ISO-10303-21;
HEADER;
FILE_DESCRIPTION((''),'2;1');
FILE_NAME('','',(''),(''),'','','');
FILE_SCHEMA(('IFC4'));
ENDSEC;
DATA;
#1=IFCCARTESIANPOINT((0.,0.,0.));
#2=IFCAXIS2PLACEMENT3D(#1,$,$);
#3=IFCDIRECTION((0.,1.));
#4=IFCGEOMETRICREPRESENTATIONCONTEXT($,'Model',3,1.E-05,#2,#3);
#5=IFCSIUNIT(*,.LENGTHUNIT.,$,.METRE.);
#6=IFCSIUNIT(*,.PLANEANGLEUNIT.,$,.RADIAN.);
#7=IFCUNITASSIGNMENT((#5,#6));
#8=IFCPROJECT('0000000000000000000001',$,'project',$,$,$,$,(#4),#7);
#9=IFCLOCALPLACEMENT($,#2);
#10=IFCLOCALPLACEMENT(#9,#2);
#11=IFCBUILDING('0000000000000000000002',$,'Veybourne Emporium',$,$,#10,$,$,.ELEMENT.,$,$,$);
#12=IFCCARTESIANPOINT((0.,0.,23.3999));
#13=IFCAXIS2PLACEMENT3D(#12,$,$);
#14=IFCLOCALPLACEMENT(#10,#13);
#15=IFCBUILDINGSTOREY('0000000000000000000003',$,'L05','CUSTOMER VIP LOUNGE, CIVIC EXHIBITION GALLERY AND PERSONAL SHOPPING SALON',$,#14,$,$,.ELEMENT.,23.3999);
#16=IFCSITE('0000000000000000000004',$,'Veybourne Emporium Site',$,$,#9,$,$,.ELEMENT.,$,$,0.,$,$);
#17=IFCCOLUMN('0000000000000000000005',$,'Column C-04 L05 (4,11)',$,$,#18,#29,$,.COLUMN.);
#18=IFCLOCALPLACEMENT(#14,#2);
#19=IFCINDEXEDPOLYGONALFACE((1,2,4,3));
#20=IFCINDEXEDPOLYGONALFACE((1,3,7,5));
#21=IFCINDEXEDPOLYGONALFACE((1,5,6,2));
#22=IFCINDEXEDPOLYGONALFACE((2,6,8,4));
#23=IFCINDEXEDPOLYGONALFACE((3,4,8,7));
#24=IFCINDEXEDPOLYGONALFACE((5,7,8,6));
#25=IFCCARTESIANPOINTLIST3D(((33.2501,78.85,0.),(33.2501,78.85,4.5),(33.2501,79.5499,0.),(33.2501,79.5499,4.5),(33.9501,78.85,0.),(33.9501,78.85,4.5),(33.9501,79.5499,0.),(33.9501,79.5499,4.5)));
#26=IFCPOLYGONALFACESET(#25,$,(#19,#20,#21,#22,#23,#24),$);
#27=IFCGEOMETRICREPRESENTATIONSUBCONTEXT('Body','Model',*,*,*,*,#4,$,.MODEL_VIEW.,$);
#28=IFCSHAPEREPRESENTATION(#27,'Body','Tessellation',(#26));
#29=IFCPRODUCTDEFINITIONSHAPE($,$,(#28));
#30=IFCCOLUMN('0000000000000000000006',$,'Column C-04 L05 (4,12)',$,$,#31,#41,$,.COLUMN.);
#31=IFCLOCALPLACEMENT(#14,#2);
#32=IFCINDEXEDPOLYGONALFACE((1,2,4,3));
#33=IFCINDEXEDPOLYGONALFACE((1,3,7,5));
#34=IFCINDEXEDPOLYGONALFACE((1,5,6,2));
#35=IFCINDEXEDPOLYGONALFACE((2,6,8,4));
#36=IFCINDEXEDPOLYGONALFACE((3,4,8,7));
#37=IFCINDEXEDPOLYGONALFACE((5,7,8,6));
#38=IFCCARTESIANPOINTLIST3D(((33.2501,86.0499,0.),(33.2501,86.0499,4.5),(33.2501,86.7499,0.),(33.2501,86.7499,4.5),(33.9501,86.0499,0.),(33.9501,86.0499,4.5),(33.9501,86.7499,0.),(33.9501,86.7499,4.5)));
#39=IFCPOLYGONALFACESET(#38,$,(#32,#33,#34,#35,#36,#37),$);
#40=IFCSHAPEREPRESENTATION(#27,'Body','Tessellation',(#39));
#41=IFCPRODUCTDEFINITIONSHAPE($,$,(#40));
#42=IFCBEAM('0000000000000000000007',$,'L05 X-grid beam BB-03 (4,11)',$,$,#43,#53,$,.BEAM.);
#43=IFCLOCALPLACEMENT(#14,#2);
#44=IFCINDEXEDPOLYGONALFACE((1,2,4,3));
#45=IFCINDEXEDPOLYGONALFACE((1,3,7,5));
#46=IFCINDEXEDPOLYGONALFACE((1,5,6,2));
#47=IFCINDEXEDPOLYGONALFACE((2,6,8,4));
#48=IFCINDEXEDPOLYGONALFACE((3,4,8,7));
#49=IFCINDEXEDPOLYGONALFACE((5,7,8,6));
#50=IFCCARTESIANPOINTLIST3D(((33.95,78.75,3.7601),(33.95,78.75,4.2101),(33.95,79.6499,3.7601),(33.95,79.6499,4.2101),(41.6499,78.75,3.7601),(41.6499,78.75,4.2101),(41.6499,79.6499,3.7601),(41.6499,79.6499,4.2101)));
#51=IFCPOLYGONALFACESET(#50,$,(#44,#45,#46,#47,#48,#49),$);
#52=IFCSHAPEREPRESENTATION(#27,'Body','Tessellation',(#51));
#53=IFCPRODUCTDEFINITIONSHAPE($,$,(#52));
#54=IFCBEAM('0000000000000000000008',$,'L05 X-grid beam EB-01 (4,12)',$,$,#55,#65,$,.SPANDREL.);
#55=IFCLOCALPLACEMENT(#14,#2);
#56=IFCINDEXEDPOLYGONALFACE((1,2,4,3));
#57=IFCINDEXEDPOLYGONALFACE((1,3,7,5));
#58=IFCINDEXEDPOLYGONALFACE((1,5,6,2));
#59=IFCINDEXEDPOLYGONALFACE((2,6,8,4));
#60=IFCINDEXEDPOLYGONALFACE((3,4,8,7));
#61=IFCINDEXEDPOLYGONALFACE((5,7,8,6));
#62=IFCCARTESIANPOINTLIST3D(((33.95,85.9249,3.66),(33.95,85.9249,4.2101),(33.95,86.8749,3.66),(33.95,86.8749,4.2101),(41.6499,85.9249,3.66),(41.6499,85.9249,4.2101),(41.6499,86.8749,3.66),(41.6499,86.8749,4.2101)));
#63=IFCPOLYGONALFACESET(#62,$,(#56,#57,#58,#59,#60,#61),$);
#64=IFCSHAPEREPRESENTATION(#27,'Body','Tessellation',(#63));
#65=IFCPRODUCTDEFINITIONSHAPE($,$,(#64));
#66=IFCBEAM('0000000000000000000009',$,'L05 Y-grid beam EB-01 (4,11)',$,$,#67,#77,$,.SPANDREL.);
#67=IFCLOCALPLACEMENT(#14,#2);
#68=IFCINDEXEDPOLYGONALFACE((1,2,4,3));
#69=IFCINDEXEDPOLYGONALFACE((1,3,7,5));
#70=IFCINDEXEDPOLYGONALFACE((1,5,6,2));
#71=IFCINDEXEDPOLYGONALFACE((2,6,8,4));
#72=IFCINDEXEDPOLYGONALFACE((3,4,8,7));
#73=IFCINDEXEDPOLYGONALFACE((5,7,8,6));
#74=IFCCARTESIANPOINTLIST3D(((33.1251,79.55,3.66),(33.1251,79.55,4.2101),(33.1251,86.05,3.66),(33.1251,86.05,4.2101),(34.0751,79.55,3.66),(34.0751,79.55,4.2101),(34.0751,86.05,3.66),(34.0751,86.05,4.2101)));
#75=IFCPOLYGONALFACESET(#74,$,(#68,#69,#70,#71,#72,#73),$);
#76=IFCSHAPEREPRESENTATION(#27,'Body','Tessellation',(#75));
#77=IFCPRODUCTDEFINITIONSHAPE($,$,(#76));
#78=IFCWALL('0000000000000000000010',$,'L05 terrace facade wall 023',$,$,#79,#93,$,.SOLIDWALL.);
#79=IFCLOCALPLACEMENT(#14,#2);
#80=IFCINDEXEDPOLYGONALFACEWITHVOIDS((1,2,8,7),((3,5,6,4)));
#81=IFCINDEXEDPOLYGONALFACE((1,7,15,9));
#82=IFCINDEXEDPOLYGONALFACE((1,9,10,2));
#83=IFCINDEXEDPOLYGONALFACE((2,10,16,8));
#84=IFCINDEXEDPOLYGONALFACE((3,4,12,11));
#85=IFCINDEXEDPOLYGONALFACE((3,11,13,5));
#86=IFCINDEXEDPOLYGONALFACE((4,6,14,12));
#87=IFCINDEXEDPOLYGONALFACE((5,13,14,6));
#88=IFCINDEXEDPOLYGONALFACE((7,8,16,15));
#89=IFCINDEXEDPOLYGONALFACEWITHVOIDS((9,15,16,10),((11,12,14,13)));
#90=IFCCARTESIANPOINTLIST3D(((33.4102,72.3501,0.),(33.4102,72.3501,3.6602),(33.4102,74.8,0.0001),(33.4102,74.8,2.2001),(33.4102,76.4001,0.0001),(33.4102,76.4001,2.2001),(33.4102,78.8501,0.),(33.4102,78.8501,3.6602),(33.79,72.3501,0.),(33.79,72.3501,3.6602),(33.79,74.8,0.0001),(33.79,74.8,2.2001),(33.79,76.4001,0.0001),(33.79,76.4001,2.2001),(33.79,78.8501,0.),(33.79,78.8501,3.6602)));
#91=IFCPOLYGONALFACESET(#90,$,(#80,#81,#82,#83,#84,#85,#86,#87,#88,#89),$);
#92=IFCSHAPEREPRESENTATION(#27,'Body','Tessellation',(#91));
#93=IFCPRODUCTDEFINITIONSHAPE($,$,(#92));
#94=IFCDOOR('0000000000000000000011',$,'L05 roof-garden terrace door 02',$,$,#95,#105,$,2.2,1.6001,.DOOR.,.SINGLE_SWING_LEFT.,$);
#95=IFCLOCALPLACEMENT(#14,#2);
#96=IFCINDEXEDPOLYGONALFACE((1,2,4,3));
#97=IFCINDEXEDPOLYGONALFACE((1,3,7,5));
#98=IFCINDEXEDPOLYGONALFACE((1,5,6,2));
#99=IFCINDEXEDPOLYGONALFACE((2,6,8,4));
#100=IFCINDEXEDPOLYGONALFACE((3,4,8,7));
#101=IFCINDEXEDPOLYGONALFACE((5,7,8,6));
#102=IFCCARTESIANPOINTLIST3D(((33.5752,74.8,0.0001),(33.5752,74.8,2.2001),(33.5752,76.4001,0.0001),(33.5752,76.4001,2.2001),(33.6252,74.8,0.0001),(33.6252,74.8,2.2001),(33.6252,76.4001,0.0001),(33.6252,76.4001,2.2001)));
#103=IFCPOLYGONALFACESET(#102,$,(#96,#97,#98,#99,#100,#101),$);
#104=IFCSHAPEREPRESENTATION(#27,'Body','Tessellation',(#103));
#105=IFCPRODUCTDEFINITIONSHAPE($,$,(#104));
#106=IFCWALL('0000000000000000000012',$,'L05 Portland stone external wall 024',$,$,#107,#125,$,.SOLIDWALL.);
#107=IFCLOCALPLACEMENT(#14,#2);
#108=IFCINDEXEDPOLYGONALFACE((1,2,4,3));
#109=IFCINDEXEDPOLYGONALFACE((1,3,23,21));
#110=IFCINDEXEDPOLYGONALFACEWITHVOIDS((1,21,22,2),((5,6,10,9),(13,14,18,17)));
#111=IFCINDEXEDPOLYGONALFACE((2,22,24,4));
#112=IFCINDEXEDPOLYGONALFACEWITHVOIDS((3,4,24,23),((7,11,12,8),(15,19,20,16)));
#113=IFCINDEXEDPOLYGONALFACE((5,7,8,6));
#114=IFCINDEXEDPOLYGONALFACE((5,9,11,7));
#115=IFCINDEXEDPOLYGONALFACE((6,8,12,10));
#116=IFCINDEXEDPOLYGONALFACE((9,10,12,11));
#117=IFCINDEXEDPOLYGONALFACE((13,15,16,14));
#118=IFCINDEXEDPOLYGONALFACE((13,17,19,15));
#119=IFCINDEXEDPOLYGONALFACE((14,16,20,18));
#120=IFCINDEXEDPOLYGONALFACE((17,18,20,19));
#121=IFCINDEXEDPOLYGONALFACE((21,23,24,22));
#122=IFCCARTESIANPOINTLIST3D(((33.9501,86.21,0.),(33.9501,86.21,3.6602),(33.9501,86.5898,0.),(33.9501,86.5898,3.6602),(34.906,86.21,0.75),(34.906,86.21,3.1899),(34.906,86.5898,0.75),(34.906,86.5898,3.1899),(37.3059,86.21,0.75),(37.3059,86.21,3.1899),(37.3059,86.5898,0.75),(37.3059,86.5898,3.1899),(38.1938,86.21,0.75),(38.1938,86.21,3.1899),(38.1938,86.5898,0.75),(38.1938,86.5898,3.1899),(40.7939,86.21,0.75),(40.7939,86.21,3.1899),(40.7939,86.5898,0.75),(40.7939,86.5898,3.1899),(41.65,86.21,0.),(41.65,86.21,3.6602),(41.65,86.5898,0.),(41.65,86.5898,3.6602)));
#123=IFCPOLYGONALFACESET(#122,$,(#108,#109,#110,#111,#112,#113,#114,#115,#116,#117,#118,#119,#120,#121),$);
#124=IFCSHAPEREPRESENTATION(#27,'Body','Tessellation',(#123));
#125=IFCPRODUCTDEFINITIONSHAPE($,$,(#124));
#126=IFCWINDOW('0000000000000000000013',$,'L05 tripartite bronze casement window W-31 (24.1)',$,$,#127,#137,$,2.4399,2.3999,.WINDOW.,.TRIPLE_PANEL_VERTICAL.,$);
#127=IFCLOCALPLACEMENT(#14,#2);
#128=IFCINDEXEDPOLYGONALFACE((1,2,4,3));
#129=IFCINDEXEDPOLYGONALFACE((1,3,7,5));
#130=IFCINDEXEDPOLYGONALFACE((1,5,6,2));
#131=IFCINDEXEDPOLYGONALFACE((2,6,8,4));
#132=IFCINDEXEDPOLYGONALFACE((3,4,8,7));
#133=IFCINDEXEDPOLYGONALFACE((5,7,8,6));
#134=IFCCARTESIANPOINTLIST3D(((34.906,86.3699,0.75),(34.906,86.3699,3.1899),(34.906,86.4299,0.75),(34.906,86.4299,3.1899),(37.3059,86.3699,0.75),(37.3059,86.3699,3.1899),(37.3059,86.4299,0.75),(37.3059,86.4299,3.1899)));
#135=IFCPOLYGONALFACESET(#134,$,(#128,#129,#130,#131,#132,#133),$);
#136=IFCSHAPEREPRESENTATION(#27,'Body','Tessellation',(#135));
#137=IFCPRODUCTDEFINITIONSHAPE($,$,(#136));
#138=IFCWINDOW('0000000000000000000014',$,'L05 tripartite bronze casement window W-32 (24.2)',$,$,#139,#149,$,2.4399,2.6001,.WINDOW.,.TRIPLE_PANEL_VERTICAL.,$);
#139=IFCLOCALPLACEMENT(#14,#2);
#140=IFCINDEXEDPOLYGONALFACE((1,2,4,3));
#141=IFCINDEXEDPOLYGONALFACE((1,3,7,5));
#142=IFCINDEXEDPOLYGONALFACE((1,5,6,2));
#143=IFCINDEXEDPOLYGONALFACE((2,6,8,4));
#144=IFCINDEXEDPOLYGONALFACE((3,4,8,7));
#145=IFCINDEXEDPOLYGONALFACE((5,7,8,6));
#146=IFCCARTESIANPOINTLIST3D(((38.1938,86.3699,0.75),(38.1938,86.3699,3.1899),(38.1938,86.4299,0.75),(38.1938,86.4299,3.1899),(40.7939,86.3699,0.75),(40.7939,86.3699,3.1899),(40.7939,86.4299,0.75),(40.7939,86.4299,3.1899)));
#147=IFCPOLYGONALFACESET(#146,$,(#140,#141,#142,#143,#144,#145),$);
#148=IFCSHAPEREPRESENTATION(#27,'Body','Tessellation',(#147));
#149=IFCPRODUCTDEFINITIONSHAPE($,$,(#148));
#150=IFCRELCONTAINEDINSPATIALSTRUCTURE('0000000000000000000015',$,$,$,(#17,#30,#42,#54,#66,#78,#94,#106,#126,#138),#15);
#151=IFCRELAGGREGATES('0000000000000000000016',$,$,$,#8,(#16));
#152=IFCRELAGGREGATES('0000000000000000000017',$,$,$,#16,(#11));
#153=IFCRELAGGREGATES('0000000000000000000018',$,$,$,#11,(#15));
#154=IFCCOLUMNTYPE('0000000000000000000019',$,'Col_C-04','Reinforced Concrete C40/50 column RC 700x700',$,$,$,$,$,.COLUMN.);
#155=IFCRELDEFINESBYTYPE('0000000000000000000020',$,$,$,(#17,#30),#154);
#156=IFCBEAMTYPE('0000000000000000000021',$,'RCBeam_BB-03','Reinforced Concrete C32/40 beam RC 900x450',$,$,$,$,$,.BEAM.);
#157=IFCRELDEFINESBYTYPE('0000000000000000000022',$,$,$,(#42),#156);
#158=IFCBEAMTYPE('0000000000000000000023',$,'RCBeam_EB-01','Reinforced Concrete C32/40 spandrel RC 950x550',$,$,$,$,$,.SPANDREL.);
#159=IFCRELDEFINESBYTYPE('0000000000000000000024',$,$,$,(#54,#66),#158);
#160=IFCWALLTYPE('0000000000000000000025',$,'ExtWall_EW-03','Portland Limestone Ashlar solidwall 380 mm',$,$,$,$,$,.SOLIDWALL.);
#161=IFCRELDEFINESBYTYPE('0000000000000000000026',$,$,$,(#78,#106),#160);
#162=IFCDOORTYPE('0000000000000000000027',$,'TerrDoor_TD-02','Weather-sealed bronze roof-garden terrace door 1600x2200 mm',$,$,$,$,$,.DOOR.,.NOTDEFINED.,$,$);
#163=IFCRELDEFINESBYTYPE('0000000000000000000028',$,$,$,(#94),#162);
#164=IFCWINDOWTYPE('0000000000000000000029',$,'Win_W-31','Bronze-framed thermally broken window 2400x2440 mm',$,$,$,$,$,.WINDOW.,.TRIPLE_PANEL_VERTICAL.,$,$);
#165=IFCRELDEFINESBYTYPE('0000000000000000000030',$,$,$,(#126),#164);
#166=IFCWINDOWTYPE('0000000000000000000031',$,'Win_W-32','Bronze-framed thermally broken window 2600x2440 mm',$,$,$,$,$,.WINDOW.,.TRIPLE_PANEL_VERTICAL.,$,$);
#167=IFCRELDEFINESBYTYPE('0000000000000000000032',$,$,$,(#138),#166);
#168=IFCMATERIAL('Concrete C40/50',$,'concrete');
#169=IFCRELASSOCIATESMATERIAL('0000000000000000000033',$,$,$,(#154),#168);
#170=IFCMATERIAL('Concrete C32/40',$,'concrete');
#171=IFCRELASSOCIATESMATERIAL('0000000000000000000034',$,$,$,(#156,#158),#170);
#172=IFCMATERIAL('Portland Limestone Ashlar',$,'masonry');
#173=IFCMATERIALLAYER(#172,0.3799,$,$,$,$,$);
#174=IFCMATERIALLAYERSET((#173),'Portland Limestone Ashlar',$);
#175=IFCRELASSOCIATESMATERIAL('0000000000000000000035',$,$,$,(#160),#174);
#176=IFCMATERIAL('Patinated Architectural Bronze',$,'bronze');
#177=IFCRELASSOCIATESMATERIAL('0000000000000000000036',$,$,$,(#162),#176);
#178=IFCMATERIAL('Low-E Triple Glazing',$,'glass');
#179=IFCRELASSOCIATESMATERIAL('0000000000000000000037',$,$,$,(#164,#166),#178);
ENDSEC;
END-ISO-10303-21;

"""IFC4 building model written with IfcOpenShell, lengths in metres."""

from ifc_helpers import new_model, si_unit, direction, frame, frame_2d, origin, origin_2d, place, context, subcontext, project, spatial, rectangle, extrude, material, layer, layer_set, material_profile, profile_set, type_object, element, fill, save


model = new_model("IFC4")

# Units and contexts
model_context = context("Model", 3, precision=1e-05, world=origin(), true_north=direction((0.0, 1.0)))
body_context = subcontext(model_context, "Body", "Model", "MODEL_VIEW")
ifc_project = project(units=[si_unit("LENGTHUNIT", "METRE"), si_unit("PLANEANGLEUNIT", "RADIAN")], contexts=[model_context])

# Site, building, storey
site_placement = place(None, origin())
site = spatial("IfcSite", under=ifc_project, at=site_placement, Name="Veybourne Emporium Site", CompositionType="ELEMENT", RefElevation=0.0)
building_placement = place(site_placement, origin())
building = spatial("IfcBuilding", under=site, at=building_placement, Name="Veybourne Emporium", CompositionType="ELEMENT")
storey_placement = place(building_placement, frame((0.0, 0.0, 23.3999)))
storey = spatial("IfcBuildingStorey", under=building, at=storey_placement, Name="L05", Description="CUSTOMER VIP LOUNGE, CIVIC EXHIBITION GALLERY AND PERSONAL SHOPPING SALON", CompositionType="ELEMENT", Elevation=23.3999)

# Columns
ifc_material_1 = material(Name="Concrete C40/50", Category="concrete")
ifc_material_profile_1 = material_profile(ifc_material_1, rectangle(XDim=0.7, YDim=0.7, at=origin_2d()), Name="RC 700x700")
ifc_profile_set_1 = profile_set([ifc_material_profile_1], Name="Concrete C40/50")
column_type = type_object("IfcColumnType", Name="Col_C-04", Description="Reinforced Concrete C40/50 column RC 700x700", PredefinedType="COLUMN", material=ifc_profile_set_1)
for number, where, z_axis, x_axis, name in (
    (1, (33.6001, 79.2, 0.0), (0.0, 0.0, 1.0), (1.0, 0.0, 0.0), "Column C-04 L05 (4,11)"),
    (2, (33.6001, 86.3999, 0.0), (0.0, 0.0, 1.0), (1.0, 0.0, 0.0), "Column C-04 L05 (4,12)"),
):
    element("IfcColumn", number, at=place(storey_placement, frame(where, z_axis=z_axis, x_axis=x_axis)), inside=storey, type_object=column_type, Name=name, PredefinedType="COLUMN", context=body_context, shape_type="SweptSolid", body=[
        extrude(rectangle(XDim=0.7, YDim=0.7, at=origin_2d()), origin(), (0.0, 0.0, 1.0), 4.5),
    ])

# Beams
ifc_material_2 = material(Name="Concrete C32/40", Category="concrete")
ifc_material_profile_2 = material_profile(ifc_material_2, rectangle(XDim=0.8999, YDim=0.45, at=origin_2d()), Name="RC 900x450")
ifc_profile_set_2 = profile_set([ifc_material_profile_2], Name="Concrete C32/40")
beam_type_1 = type_object("IfcBeamType", Name="RCBeam_BB-03", Description="Reinforced Concrete C32/40 beam RC 900x450", PredefinedType="BEAM", material=ifc_profile_set_2)
beam_1_placement = place(storey_placement, frame((33.95, 79.2, 3.9851), z_axis=(1.0, 0.0, 0.0), x_axis=(0.0, 1.0, 0.0)))
element("IfcBeam", 3, at=beam_1_placement, inside=storey, type_object=beam_type_1, Name="L05 X-grid beam BB-03 (4,11)", PredefinedType="BEAM", context=body_context, shape_type="SweptSolid", body=[
    extrude(rectangle(XDim=0.8999, YDim=0.45, at=origin_2d()), origin(), (0.0, 0.0, 1.0), 7.7),
])
ifc_material_profile_3 = material_profile(ifc_material_2, rectangle(XDim=0.95, YDim=0.55, at=origin_2d()), Name="RC 950x550")
ifc_profile_set_3 = profile_set([ifc_material_profile_3], Name="Concrete C32/40")
beam_type_2 = type_object("IfcBeamType", Name="RCBeam_EB-01", Description="Reinforced Concrete C32/40 spandrel RC 950x550", PredefinedType="SPANDREL", material=ifc_profile_set_3)
beam_2_placement = place(storey_placement, frame((33.95, 86.3999, 3.9351), z_axis=(1.0, 0.0, 0.0), x_axis=(0.0, 1.0, 0.0)))
element("IfcBeam", 4, at=beam_2_placement, inside=storey, type_object=beam_type_2, Name="L05 X-grid beam EB-01 (4,12)", PredefinedType="SPANDREL", context=body_context, shape_type="SweptSolid", body=[
    extrude(rectangle(XDim=0.95, YDim=0.55, at=origin_2d()), origin(), (0.0, 0.0, 1.0), 7.7),
])
beam_3_placement = place(storey_placement, frame((33.6001, 79.55, 3.9351), z_axis=(0.0, 1.0, 0.0), x_axis=(-1.0, 0.0, 0.0)))
element("IfcBeam", 5, at=beam_3_placement, inside=storey, type_object=beam_type_2, Name="L05 Y-grid beam EB-01 (4,11)", PredefinedType="SPANDREL", context=body_context, shape_type="SweptSolid", body=[
    extrude(rectangle(XDim=0.95, YDim=0.55, at=origin_2d()), origin(), (0.0, 0.0, 1.0), 6.5),
])

# Wall, opening, door
ifc_material_3 = material(Name="Portland Limestone Ashlar", Category="masonry")
ifc_layer_1 = layer(ifc_material_3, 0.3799)
ifc_layer_set_1 = layer_set([ifc_layer_1], Name="Portland Limestone Ashlar")
wall_type_1 = type_object("IfcWallType", Name="ExtWall_EW-03", Description="Portland Limestone Ashlar solidwall 380 mm", PredefinedType="SOLIDWALL", material=ifc_layer_set_1)
wall_1_placement = place(storey_placement, frame((33.6001, 72.3501, 0.0), z_axis=(0.0, 0.0, 1.0), x_axis=(0.0, 1.0, 0.0)))
wall_1 = element("IfcWall", 6, at=wall_1_placement, inside=storey, type_object=wall_type_1, Name="L05 terrace facade wall 023", PredefinedType="SOLIDWALL", context=body_context, shape_type="SweptSolid", body=[
    extrude(rectangle(XDim=6.5, YDim=0.3799, at=frame_2d((3.25, 0.0))), origin(), (0.0, 0.0, 1.0), 3.6602),
])
opening_1_placement = place(wall_1_placement, frame((2.45, 0.0, 0.0)))
opening_1 = element("IfcOpeningElement", 7, at=opening_1_placement, cuts=wall_1, PredefinedType="OPENING", context=body_context, shape_type="SweptSolid", body=[
    extrude(rectangle(XDim=1.6001, YDim=2.2, at=frame_2d((0.8, 1.1001))), frame((0.0, 0.21, 0.0), z_axis=(0.0, -1.0, 0.0), x_axis=(1.0, 0.0, 0.0)), (0.0, 0.0, 1.0), 0.4199),
])
ifc_material_4 = material(Name="Patinated Architectural Bronze", Category="bronze")
door_type_1 = type_object("IfcDoorType", Name="TerrDoor_TD-02", Description="Weather-sealed bronze roof-garden terrace door 1600x2200 mm", OperationType="NOTDEFINED", PredefinedType="DOOR", material=ifc_material_4)
door_1_placement = place(opening_1_placement, origin())
door_1 = element("IfcDoor", 8, at=door_1_placement, inside=storey, type_object=door_type_1, Name="L05 roof-garden terrace door 02", OperationType="SINGLE_SWING_LEFT", OverallHeight=2.2, OverallWidth=1.6001, PredefinedType="DOOR", context=body_context, shape_type="SweptSolid", body=[
    extrude(rectangle(XDim=1.6001, YDim=2.2, at=frame_2d((0.8, 1.1001))), frame((0.0, 0.0249, 0.0), z_axis=(0.0, -1.0, 0.0), x_axis=(1.0, 0.0, 0.0)), (0.0, 0.0, 1.0), 0.05),
])
fill(opening_1, door_1)

# Wall, openings, windows
wall_2_placement = place(storey_placement, frame((33.95, 86.3999, 0.0), z_axis=(0.0, 0.0, 1.0), x_axis=(1.0, 0.0, 0.0)))
wall_2 = element("IfcWall", 9, at=wall_2_placement, inside=storey, type_object=wall_type_1, Name="L05 Portland stone external wall 024", PredefinedType="SOLIDWALL", context=body_context, shape_type="SweptSolid", body=[
    extrude(rectangle(XDim=7.7, YDim=0.3799, at=frame_2d((3.8501, 0.0))), origin(), (0.0, 0.0, 1.0), 3.6602),
])
opening_2_placement = place(wall_2_placement, frame((0.9561, 0.0, 0.75)))
opening_2 = element("IfcOpeningElement", 10, at=opening_2_placement, cuts=wall_2, PredefinedType="OPENING", context=body_context, shape_type="SweptSolid", body=[
    extrude(rectangle(XDim=2.3999, YDim=2.4399, at=frame_2d((1.2, 1.22))), frame((0.0, 0.21, 0.0), z_axis=(0.0, -1.0, 0.0), x_axis=(1.0, 0.0, 0.0)), (0.0, 0.0, 1.0), 0.4199),
])
opening_3_placement = place(wall_2_placement, frame((4.2439, 0.0, 0.75)))
opening_3 = element("IfcOpeningElement", 11, at=opening_3_placement, cuts=wall_2, PredefinedType="OPENING", context=body_context, shape_type="SweptSolid", body=[
    extrude(rectangle(XDim=2.6001, YDim=2.4399, at=frame_2d((1.3, 1.22))), frame((0.0, 0.21, 0.0), z_axis=(0.0, -1.0, 0.0), x_axis=(1.0, 0.0, 0.0)), (0.0, 0.0, 1.0), 0.4199),
])
ifc_material_5 = material(Name="Low-E Triple Glazing", Category="glass")
window_type_1 = type_object("IfcWindowType", Name="Win_W-31", Description="Bronze-framed thermally broken window 2400x2440 mm", PartitioningType="TRIPLE_PANEL_VERTICAL", PredefinedType="WINDOW", material=ifc_material_5)
window_1_placement = place(opening_2_placement, origin())
window_1 = element("IfcWindow", 12, at=window_1_placement, inside=storey, type_object=window_type_1, Name="L05 tripartite bronze casement window W-31 (24.1)", OverallHeight=2.4399, OverallWidth=2.3999, PartitioningType="TRIPLE_PANEL_VERTICAL", PredefinedType="WINDOW", context=body_context, shape_type="SweptSolid", body=[
    extrude(rectangle(XDim=2.3999, YDim=2.4399, at=frame_2d((1.2, 1.22))), frame((0.0, 0.03, 0.0), z_axis=(0.0, -1.0, 0.0), x_axis=(1.0, 0.0, 0.0)), (0.0, 0.0, 1.0), 0.0601),
])
fill(opening_2, window_1)
window_type_2 = type_object("IfcWindowType", Name="Win_W-32", Description="Bronze-framed thermally broken window 2600x2440 mm", PartitioningType="TRIPLE_PANEL_VERTICAL", PredefinedType="WINDOW", material=ifc_material_5)
window_2_placement = place(opening_3_placement, origin())
window_2 = element("IfcWindow", 13, at=window_2_placement, inside=storey, type_object=window_type_2, Name="L05 tripartite bronze casement window W-32 (24.2)", OverallHeight=2.4399, OverallWidth=2.6001, PartitioningType="TRIPLE_PANEL_VERTICAL", PredefinedType="WINDOW", context=body_context, shape_type="SweptSolid", body=[
    extrude(rectangle(XDim=2.6001, YDim=2.4399, at=frame_2d((1.3, 1.22))), frame((0.0, 0.03, 0.0), z_axis=(0.0, -1.0, 0.0), x_axis=(1.0, 0.0, 0.0)), (0.0, 0.0, 1.0), 0.0601),
])
fill(opening_3, window_2)

save(model, "model.ifc")
